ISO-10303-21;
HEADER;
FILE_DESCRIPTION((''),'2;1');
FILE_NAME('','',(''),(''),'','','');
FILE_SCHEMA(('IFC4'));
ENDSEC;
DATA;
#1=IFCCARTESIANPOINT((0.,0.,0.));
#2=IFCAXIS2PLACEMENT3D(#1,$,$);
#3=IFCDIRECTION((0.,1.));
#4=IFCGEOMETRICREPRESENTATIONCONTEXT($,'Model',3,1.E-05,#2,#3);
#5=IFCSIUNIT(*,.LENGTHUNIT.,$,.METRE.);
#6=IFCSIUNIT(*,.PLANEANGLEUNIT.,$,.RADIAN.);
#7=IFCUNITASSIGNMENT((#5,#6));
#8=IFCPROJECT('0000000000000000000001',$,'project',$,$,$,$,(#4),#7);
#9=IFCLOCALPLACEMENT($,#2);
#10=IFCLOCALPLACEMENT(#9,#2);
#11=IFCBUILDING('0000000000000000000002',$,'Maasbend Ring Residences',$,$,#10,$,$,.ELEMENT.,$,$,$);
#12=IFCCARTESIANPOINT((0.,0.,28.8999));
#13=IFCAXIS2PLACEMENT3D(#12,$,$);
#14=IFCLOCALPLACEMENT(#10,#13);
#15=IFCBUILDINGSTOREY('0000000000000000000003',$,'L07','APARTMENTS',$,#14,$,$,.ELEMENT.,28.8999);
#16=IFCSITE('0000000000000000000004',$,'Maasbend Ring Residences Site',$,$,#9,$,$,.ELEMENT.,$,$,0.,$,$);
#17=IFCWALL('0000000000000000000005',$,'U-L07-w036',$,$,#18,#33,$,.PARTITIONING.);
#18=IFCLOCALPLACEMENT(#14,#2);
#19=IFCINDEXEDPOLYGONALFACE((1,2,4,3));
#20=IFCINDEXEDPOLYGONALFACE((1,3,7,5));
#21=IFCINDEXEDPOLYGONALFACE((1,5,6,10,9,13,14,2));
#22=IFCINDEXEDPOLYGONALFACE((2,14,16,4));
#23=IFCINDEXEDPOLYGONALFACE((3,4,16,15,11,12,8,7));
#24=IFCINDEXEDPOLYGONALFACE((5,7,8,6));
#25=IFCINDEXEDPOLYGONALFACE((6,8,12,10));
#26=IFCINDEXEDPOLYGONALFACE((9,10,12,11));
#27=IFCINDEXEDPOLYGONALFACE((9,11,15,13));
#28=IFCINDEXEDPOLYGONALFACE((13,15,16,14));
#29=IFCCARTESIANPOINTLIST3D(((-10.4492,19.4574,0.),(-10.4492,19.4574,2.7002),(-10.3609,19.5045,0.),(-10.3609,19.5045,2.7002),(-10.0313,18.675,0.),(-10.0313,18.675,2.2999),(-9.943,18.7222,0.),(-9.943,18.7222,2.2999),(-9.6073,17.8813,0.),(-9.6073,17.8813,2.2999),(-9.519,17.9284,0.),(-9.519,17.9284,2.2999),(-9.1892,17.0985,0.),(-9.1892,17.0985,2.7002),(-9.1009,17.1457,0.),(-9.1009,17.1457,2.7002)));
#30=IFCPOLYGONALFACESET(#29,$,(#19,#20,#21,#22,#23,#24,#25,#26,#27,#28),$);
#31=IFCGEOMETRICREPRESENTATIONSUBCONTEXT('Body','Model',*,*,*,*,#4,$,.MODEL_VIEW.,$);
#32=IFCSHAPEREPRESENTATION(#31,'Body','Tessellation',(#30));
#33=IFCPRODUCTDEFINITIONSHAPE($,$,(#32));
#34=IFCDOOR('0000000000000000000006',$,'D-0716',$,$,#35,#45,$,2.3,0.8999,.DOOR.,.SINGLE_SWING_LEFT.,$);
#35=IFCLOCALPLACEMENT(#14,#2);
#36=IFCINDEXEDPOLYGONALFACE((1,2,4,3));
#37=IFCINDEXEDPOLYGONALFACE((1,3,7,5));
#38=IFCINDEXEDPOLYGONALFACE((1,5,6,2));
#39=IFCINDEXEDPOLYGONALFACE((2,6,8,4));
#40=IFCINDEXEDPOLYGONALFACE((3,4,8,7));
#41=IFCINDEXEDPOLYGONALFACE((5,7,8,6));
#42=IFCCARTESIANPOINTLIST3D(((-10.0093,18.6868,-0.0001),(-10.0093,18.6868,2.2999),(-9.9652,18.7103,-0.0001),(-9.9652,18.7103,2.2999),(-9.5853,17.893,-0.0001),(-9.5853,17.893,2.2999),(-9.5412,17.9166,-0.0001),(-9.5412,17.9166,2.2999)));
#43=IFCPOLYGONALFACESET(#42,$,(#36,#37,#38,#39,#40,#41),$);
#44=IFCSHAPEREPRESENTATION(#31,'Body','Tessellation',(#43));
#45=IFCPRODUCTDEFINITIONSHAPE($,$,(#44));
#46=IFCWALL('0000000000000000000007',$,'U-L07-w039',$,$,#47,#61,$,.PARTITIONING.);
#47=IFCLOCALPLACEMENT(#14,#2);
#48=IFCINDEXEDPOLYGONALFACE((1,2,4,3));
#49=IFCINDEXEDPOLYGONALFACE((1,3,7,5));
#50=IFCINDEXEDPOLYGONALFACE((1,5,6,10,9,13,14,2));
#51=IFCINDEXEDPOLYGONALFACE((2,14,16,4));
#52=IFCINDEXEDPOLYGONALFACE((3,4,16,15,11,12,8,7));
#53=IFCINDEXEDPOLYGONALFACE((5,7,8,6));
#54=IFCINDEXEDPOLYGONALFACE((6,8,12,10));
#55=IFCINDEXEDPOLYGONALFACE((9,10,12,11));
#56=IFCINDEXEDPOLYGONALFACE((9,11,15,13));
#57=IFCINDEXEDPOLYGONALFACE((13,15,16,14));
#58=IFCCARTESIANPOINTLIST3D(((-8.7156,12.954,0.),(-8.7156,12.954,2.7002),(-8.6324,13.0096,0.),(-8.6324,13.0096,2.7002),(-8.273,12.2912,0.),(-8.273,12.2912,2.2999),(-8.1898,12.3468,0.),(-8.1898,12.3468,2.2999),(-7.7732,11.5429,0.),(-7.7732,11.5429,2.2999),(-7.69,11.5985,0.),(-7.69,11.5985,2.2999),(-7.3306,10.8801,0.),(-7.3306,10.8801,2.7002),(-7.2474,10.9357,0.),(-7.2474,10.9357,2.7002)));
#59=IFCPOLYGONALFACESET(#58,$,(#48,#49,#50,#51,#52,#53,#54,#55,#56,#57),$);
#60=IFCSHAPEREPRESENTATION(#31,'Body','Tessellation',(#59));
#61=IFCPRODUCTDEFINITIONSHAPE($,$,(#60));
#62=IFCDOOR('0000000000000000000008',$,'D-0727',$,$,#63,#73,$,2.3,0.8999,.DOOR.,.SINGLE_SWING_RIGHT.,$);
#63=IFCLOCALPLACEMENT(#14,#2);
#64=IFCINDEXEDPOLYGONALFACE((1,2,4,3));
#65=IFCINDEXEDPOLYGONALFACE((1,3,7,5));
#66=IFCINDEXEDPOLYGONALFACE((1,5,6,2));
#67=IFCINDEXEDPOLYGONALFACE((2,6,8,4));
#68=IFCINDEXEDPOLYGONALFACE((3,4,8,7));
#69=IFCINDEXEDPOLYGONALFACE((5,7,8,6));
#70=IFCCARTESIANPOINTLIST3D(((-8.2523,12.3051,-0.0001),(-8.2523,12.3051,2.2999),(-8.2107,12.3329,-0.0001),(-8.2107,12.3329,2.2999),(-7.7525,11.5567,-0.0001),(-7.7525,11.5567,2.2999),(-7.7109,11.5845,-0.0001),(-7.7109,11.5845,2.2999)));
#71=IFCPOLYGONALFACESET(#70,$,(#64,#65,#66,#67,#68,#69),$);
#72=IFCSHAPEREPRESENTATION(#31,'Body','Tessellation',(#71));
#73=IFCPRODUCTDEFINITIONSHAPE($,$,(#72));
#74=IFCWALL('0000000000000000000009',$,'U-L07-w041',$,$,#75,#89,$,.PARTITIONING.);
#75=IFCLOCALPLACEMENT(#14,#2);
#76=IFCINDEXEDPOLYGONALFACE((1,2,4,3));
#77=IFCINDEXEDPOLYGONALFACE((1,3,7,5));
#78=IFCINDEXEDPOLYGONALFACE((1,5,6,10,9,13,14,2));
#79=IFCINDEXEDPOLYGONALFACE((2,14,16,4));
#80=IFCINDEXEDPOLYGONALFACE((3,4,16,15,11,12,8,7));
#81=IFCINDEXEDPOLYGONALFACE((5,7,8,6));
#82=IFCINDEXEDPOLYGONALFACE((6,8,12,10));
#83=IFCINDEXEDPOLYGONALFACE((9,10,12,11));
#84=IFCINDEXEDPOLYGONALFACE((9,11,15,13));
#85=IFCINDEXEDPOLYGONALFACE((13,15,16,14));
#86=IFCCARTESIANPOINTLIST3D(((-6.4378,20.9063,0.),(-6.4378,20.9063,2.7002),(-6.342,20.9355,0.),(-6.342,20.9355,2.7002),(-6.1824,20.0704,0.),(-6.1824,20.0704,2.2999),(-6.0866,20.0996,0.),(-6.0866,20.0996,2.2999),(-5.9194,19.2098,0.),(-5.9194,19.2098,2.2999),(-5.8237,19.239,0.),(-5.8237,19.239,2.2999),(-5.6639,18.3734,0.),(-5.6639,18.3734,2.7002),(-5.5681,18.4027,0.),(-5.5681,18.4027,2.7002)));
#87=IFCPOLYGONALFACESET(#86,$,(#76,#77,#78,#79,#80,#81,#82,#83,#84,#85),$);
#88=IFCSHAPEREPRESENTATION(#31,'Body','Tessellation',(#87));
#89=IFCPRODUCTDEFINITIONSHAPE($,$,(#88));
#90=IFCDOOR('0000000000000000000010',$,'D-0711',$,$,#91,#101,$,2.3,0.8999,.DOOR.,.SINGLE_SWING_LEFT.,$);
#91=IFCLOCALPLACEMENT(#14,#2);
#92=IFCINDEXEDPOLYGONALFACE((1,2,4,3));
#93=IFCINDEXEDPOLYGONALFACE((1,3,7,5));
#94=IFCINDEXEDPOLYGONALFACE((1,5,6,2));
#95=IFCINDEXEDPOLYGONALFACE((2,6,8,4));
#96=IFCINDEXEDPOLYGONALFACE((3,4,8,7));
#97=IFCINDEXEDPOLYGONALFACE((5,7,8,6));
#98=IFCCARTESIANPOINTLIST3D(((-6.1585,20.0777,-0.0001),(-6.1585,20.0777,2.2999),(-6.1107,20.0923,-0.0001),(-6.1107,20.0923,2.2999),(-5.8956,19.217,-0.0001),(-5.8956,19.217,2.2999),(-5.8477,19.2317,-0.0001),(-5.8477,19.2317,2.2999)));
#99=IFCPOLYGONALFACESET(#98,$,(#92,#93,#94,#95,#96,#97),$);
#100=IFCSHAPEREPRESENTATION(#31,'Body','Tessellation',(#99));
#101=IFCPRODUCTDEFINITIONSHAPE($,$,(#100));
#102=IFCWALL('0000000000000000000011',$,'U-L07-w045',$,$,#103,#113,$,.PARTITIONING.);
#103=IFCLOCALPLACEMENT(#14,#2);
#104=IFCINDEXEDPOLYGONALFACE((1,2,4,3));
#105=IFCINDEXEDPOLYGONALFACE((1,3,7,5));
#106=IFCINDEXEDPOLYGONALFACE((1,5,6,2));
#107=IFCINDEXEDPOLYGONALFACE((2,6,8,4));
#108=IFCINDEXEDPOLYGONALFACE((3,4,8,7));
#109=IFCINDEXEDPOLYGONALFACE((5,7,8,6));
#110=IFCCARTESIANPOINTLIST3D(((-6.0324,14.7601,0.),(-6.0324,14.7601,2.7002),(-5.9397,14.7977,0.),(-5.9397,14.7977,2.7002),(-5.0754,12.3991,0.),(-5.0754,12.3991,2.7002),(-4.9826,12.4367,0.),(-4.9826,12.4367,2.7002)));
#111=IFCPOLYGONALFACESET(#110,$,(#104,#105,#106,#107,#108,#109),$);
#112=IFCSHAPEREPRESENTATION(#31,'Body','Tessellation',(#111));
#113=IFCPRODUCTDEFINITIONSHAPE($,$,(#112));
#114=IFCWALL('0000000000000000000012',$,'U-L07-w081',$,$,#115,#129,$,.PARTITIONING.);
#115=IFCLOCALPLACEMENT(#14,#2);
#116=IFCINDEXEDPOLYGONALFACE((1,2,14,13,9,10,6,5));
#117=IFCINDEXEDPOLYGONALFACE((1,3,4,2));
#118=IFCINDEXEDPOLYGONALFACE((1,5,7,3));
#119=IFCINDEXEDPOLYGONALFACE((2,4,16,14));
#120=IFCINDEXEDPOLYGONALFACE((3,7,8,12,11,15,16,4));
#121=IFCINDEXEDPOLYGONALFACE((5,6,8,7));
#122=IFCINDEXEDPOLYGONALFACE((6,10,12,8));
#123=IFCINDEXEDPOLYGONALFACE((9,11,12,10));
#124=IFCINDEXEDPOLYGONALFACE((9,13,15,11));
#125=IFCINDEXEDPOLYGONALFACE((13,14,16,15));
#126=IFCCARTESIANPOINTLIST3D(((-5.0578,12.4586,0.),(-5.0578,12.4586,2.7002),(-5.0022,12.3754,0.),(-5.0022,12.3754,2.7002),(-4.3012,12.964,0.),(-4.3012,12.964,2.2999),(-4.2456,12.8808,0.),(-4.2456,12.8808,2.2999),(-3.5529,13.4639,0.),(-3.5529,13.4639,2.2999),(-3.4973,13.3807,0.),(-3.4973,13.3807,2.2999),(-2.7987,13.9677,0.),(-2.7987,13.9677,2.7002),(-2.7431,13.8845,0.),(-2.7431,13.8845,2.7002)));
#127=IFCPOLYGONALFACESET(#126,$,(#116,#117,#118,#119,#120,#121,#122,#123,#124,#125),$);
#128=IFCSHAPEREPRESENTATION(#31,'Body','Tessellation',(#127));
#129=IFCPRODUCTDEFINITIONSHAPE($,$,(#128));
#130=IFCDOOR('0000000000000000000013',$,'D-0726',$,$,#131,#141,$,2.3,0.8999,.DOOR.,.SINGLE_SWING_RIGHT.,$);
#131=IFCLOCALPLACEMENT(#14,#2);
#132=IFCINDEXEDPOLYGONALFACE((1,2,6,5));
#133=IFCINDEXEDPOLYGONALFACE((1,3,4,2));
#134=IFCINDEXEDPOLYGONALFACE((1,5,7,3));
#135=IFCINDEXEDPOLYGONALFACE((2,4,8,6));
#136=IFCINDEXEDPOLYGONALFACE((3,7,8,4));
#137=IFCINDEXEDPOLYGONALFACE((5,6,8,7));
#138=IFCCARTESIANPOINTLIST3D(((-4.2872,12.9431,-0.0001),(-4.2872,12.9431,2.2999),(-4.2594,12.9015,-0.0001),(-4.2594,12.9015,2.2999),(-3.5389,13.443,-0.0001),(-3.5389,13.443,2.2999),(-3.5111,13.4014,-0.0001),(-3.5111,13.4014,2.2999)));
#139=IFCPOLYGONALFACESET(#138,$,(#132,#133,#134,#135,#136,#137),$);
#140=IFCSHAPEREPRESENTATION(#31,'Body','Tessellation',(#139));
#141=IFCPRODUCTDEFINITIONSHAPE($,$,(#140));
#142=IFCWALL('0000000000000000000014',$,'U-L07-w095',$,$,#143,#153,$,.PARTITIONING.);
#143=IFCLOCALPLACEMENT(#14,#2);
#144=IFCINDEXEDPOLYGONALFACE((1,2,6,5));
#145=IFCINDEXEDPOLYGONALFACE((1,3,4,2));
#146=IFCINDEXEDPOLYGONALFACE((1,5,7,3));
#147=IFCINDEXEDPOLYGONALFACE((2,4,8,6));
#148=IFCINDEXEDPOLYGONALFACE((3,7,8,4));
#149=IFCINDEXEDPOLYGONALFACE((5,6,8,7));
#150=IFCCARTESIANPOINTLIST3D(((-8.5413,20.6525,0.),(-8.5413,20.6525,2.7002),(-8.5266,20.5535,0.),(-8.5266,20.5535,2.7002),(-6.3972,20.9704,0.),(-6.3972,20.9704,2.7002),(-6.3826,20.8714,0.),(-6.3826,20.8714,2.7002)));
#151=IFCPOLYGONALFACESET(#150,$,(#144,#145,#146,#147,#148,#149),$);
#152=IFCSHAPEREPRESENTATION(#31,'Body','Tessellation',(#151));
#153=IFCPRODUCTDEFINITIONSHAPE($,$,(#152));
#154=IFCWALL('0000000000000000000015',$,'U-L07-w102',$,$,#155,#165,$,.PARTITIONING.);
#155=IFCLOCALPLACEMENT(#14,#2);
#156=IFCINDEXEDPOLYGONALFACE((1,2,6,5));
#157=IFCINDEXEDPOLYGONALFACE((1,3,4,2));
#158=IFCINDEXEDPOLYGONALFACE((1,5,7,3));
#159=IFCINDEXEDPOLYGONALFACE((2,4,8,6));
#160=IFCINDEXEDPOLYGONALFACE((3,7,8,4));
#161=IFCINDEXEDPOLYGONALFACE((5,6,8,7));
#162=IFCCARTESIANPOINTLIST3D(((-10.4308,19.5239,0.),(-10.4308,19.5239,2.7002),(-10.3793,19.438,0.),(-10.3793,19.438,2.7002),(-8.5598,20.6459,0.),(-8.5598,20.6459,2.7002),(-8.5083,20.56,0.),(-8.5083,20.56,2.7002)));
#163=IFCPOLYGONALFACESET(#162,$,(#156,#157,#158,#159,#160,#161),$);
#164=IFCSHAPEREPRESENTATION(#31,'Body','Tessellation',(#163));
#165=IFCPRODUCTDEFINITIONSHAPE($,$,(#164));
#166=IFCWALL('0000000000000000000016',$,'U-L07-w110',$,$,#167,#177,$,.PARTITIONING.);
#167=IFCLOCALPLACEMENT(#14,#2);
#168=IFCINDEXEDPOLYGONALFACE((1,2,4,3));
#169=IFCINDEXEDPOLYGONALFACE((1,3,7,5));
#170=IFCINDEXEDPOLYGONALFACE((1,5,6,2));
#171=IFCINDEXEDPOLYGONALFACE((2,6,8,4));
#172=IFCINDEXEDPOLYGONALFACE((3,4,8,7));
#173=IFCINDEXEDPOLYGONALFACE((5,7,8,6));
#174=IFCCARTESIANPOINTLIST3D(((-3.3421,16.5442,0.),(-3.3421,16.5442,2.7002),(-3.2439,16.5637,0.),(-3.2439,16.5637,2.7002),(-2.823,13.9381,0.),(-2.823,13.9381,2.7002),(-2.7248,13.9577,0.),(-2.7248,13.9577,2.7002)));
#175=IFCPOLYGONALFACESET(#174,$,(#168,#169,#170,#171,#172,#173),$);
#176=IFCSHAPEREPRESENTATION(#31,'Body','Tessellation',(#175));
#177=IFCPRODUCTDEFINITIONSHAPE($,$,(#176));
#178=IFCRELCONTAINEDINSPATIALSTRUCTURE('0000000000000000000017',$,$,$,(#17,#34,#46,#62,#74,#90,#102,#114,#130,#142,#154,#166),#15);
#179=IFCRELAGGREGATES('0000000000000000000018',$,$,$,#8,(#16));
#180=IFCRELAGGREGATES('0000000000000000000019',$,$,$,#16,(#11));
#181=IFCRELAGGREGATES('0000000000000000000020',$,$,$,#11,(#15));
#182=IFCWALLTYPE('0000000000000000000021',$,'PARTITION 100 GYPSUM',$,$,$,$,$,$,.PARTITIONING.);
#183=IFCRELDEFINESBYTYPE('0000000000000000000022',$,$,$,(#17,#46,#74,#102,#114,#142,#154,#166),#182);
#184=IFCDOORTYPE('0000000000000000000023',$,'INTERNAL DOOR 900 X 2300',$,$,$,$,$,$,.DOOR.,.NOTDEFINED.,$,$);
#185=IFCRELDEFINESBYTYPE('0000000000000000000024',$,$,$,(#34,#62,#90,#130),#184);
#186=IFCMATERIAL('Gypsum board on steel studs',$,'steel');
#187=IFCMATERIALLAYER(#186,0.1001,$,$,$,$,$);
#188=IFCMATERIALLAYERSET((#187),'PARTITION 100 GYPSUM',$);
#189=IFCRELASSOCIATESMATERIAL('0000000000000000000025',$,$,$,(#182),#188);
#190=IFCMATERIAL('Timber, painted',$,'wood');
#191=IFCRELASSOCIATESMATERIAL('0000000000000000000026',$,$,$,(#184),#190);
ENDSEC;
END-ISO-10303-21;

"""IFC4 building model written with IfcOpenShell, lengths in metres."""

from ifc_helpers import new_model, si_unit, direction, frame, frame_2d, origin, place, context, subcontext, project, spatial, rectangle, extrude, material, layer, layer_set, type_object, element, fill, save


model = new_model("IFC4")

# Units and contexts
model_context = context("Model", 3, precision=1e-05, world=origin(), true_north=direction((0.0, 1.0)))
body_context = subcontext(model_context, "Body", "Model", "MODEL_VIEW")
ifc_project = project(units=[si_unit("LENGTHUNIT", "METRE"), si_unit("PLANEANGLEUNIT", "RADIAN")], contexts=[model_context])

# Site, building, storey
site_placement = place(None, origin())
site = spatial("IfcSite", under=ifc_project, at=site_placement, Name="Maasbend Ring Residences Site", CompositionType="ELEMENT", RefElevation=0.0)
building_placement = place(site_placement, origin())
building = spatial("IfcBuilding", under=site, at=building_placement, Name="Maasbend Ring Residences", CompositionType="ELEMENT")
storey_placement = place(building_placement, frame((0.0, 0.0, 28.8999)))
storey = spatial("IfcBuildingStorey", under=building, at=storey_placement, Name="L07", Description="APARTMENTS", CompositionType="ELEMENT", Elevation=28.8999)

# Walls, openings, doors
ifc_material_1 = material(Name="Gypsum board on steel studs", Category="steel")
ifc_layer_1 = layer(ifc_material_1, 0.1001)
ifc_layer_set_1 = layer_set([ifc_layer_1], Name="PARTITION 100 GYPSUM")
wall_type_1 = type_object("IfcWallType", Name="PARTITION 100 GYPSUM", PredefinedType="PARTITIONING", material=ifc_layer_set_1)
wall_1_placement = place(storey_placement, frame((-10.405, 19.481, 0.0), z_axis=(0.0, 0.0, 1.0), x_axis=(0.471152, -0.882052, 0.0)))
wall_1 = element("IfcWall", 1, at=wall_1_placement, inside=storey, type_object=wall_type_1, Name="U-L07-w036", PredefinedType="PARTITIONING", context=body_context, shape_type="SweptSolid", body=[
    extrude(rectangle(XDim=2.6743, YDim=0.1001, at=frame_2d((1.3372, 0.0))), origin(), (0.0, 0.0, 1.0), 2.7002),
])
opening_1_placement = place(wall_1_placement, frame((0.887, 0.0, 0.0)))
opening_1 = element("IfcOpeningElement", 2, at=opening_1_placement, cuts=wall_1, PredefinedType="OPENING", context=body_context, shape_type="SweptSolid", body=[
    extrude(rectangle(XDim=0.8999, YDim=2.3, at=frame_2d((0.45, 1.1499))), frame((0.0, 0.0601, 0.0), z_axis=(0.0, -1.0, 0.0), x_axis=(1.0, 0.0, 0.0)), (0.0, 0.0, 1.0), 0.1201),
])
ifc_material_2 = material(Name="Timber, painted", Category="wood")
door_type_1 = type_object("IfcDoorType", Name="INTERNAL DOOR 900 X 2300", OperationType="NOTDEFINED", PredefinedType="DOOR", material=ifc_material_2)
door_1_placement = place(opening_1_placement, origin())
door_1 = element("IfcDoor", 3, at=door_1_placement, inside=storey, type_object=door_type_1, Name="D-0716", OperationType="SINGLE_SWING_LEFT", OverallHeight=2.3, OverallWidth=0.8999, PredefinedType="DOOR", context=body_context, shape_type="SweptSolid", body=[
    extrude(rectangle(XDim=0.8999, YDim=2.3, at=frame_2d((0.45, 1.1499))), frame((0.0, 0.0249, 0.0), z_axis=(0.0, -1.0, 0.0), x_axis=(1.0, 0.0, 0.0)), (0.0, 0.0, 1.0), 0.05),
])
fill(opening_1, door_1)
wall_2_placement = place(storey_placement, frame((-8.6741, 12.9819, 0.0), z_axis=(0.0, 0.0, 1.0), x_axis=(0.555355, -0.831613, 0.0)))
wall_2 = element("IfcWall", 4, at=wall_2_placement, inside=storey, type_object=wall_type_1, Name="U-L07-w039", PredefinedType="PARTITIONING", context=body_context, shape_type="SweptSolid", body=[
    extrude(rectangle(XDim=2.4939, YDim=0.1001, at=frame_2d((1.2471, 0.0))), origin(), (0.0, 0.0, 1.0), 2.7002),
])
opening_2_placement = place(wall_2_placement, frame((0.7971, 0.0, 0.0)))
opening_2 = element("IfcOpeningElement", 5, at=opening_2_placement, cuts=wall_2, PredefinedType="OPENING", context=body_context, shape_type="SweptSolid", body=[
    extrude(rectangle(XDim=0.8999, YDim=2.3, at=frame_2d((0.45, 1.1499))), frame((0.0, 0.0601, 0.0), z_axis=(0.0, -1.0, 0.0), x_axis=(1.0, 0.0, 0.0)), (0.0, 0.0, 1.0), 0.1201),
])
door_2_placement = place(opening_2_placement, origin())
door_2 = element("IfcDoor", 6, at=door_2_placement, inside=storey, type_object=door_type_1, Name="D-0727", OperationType="SINGLE_SWING_RIGHT", OverallHeight=2.3, OverallWidth=0.8999, PredefinedType="DOOR", context=body_context, shape_type="SweptSolid", body=[
    extrude(rectangle(XDim=0.8999, YDim=2.3, at=frame_2d((0.45, 1.1499))), frame((0.0, 0.0249, 0.0), z_axis=(0.0, -1.0, 0.0), x_axis=(1.0, 0.0, 0.0)), (0.0, 0.0, 1.0), 0.05),
])
fill(opening_2, door_2)
wall_3_placement = place(storey_placement, frame((-6.3899, 20.9209, 0.0), z_axis=(0.0, 0.0, 1.0), x_axis=(0.292207, -0.956355, 0.0)))
wall_3 = element("IfcWall", 7, at=wall_3_placement, inside=storey, type_object=wall_type_1, Name="U-L07-w041", PredefinedType="PARTITIONING", context=body_context, shape_type="SweptSolid", body=[
    extrude(rectangle(XDim=2.6484, YDim=0.1001, at=frame_2d((1.3242, 0.0))), origin(), (0.0, 0.0, 1.0), 2.7002),
])
opening_3_placement = place(wall_3_placement, frame((0.874, 0.0, 0.0)))
opening_3 = element("IfcOpeningElement", 8, at=opening_3_placement, cuts=wall_3, PredefinedType="OPENING", context=body_context, shape_type="SweptSolid", body=[
    extrude(rectangle(XDim=0.8999, YDim=2.3, at=frame_2d((0.45, 1.1499))), frame((0.0, 0.0601, 0.0), z_axis=(0.0, -1.0, 0.0), x_axis=(1.0, 0.0, 0.0)), (0.0, 0.0, 1.0), 0.1201),
])
door_3_placement = place(opening_3_placement, origin())
door_3 = element("IfcDoor", 9, at=door_3_placement, inside=storey, type_object=door_type_1, Name="D-0711", OperationType="SINGLE_SWING_LEFT", OverallHeight=2.3, OverallWidth=0.8999, PredefinedType="DOOR", context=body_context, shape_type="SweptSolid", body=[
    extrude(rectangle(XDim=0.8999, YDim=2.3, at=frame_2d((0.45, 1.1499))), frame((0.0, 0.0249, 0.0), z_axis=(0.0, -1.0, 0.0), x_axis=(1.0, 0.0, 0.0)), (0.0, 0.0, 1.0), 0.05),
])
fill(opening_3, door_3)

# Wall
wall_4_placement = place(storey_placement, frame((-5.9861, 14.7791, 0.0), z_axis=(0.0, 0.0, 1.0), x_axis=(0.375649, -0.926762, 0.0)))
element("IfcWall", 10, at=wall_4_placement, inside=storey, type_object=wall_type_1, Name="U-L07-w045", PredefinedType="PARTITIONING", context=body_context, shape_type="SweptSolid", body=[
    extrude(rectangle(XDim=2.5476, YDim=0.1001, at=frame_2d((1.2739, 0.0))), origin(), (0.0, 0.0, 1.0), 2.7002),
])

# Wall, opening, door
wall_5_placement = place(storey_placement, frame((-5.03, 12.417, 0.0), z_axis=(0.0, 0.0, 1.0), x_axis=(0.831538, 0.555467, 0.0)))
wall_5 = element("IfcWall", 11, at=wall_5_placement, inside=storey, type_object=wall_type_1, Name="U-L07-w081", PredefinedType="PARTITIONING", context=body_context, shape_type="SweptSolid", body=[
    extrude(rectangle(XDim=2.7168, YDim=0.1001, at=frame_2d((1.3584, 0.0))), origin(), (0.0, 0.0, 1.0), 2.7002),
])
opening_4_placement = place(wall_5_placement, frame((0.9099, 0.0, 0.0)))
opening_4 = element("IfcOpeningElement", 12, at=opening_4_placement, cuts=wall_5, PredefinedType="OPENING", context=body_context, shape_type="SweptSolid", body=[
    extrude(rectangle(XDim=0.8999, YDim=2.3, at=frame_2d((0.45, 1.1499))), frame((0.0, 0.0601, 0.0), z_axis=(0.0, -1.0, 0.0), x_axis=(1.0, 0.0, 0.0)), (0.0, 0.0, 1.0), 0.1201),
])
door_4_placement = place(opening_4_placement, origin())
door_4 = element("IfcDoor", 13, at=door_4_placement, inside=storey, type_object=door_type_1, Name="D-0726", OperationType="SINGLE_SWING_RIGHT", OverallHeight=2.3, OverallWidth=0.8999, PredefinedType="DOOR", context=body_context, shape_type="SweptSolid", body=[
    extrude(rectangle(XDim=0.8999, YDim=2.3, at=frame_2d((0.45, 1.1499))), frame((0.0, 0.0249, 0.0), z_axis=(0.0, -1.0, 0.0), x_axis=(1.0, 0.0, 0.0)), (0.0, 0.0, 1.0), 0.05),
])
fill(opening_4, door_4)

# Walls
wall_6_placement = place(storey_placement, frame((-8.5339, 20.603, 0.0), z_axis=(0.0, 0.0, 1.0), x_axis=(0.989188, 0.146655, 0.0)))
element("IfcWall", 14, at=wall_6_placement, inside=storey, type_object=wall_type_1, Name="U-L07-w095", PredefinedType="PARTITIONING", context=body_context, shape_type="SweptSolid", body=[
    extrude(rectangle(XDim=2.1675, YDim=0.1001, at=frame_2d((1.0837, 0.0))), origin(), (0.0, 0.0, 1.0), 2.7002),
])
wall_7_placement = place(storey_placement, frame((-10.405, 19.481, 0.0), z_axis=(0.0, 0.0, 1.0), x_axis=(0.857611, 0.514298, 0.0)))
element("IfcWall", 15, at=wall_7_placement, inside=storey, type_object=wall_type_1, Name="U-L07-w102", PredefinedType="PARTITIONING", context=body_context, shape_type="SweptSolid", body=[
    extrude(rectangle(XDim=2.1816, YDim=0.1001, at=frame_2d((1.0908, 0.0))), origin(), (0.0, 0.0, 1.0), 2.7002),
])
wall_8_placement = place(storey_placement, frame((-3.293, 16.554, 0.0), z_axis=(0.0, 0.0, 1.0), x_axis=(0.195339, -0.980736, 0.0)))
element("IfcWall", 16, at=wall_8_placement, inside=storey, type_object=wall_type_1, Name="U-L07-w110", PredefinedType="PARTITIONING", context=body_context, shape_type="SweptSolid", body=[
    extrude(rectangle(XDim=2.6572, YDim=0.1001, at=frame_2d((1.3286, 0.0))), origin(), (0.0, 0.0, 1.0), 2.7002),
])

save(model, "model.ifc")
